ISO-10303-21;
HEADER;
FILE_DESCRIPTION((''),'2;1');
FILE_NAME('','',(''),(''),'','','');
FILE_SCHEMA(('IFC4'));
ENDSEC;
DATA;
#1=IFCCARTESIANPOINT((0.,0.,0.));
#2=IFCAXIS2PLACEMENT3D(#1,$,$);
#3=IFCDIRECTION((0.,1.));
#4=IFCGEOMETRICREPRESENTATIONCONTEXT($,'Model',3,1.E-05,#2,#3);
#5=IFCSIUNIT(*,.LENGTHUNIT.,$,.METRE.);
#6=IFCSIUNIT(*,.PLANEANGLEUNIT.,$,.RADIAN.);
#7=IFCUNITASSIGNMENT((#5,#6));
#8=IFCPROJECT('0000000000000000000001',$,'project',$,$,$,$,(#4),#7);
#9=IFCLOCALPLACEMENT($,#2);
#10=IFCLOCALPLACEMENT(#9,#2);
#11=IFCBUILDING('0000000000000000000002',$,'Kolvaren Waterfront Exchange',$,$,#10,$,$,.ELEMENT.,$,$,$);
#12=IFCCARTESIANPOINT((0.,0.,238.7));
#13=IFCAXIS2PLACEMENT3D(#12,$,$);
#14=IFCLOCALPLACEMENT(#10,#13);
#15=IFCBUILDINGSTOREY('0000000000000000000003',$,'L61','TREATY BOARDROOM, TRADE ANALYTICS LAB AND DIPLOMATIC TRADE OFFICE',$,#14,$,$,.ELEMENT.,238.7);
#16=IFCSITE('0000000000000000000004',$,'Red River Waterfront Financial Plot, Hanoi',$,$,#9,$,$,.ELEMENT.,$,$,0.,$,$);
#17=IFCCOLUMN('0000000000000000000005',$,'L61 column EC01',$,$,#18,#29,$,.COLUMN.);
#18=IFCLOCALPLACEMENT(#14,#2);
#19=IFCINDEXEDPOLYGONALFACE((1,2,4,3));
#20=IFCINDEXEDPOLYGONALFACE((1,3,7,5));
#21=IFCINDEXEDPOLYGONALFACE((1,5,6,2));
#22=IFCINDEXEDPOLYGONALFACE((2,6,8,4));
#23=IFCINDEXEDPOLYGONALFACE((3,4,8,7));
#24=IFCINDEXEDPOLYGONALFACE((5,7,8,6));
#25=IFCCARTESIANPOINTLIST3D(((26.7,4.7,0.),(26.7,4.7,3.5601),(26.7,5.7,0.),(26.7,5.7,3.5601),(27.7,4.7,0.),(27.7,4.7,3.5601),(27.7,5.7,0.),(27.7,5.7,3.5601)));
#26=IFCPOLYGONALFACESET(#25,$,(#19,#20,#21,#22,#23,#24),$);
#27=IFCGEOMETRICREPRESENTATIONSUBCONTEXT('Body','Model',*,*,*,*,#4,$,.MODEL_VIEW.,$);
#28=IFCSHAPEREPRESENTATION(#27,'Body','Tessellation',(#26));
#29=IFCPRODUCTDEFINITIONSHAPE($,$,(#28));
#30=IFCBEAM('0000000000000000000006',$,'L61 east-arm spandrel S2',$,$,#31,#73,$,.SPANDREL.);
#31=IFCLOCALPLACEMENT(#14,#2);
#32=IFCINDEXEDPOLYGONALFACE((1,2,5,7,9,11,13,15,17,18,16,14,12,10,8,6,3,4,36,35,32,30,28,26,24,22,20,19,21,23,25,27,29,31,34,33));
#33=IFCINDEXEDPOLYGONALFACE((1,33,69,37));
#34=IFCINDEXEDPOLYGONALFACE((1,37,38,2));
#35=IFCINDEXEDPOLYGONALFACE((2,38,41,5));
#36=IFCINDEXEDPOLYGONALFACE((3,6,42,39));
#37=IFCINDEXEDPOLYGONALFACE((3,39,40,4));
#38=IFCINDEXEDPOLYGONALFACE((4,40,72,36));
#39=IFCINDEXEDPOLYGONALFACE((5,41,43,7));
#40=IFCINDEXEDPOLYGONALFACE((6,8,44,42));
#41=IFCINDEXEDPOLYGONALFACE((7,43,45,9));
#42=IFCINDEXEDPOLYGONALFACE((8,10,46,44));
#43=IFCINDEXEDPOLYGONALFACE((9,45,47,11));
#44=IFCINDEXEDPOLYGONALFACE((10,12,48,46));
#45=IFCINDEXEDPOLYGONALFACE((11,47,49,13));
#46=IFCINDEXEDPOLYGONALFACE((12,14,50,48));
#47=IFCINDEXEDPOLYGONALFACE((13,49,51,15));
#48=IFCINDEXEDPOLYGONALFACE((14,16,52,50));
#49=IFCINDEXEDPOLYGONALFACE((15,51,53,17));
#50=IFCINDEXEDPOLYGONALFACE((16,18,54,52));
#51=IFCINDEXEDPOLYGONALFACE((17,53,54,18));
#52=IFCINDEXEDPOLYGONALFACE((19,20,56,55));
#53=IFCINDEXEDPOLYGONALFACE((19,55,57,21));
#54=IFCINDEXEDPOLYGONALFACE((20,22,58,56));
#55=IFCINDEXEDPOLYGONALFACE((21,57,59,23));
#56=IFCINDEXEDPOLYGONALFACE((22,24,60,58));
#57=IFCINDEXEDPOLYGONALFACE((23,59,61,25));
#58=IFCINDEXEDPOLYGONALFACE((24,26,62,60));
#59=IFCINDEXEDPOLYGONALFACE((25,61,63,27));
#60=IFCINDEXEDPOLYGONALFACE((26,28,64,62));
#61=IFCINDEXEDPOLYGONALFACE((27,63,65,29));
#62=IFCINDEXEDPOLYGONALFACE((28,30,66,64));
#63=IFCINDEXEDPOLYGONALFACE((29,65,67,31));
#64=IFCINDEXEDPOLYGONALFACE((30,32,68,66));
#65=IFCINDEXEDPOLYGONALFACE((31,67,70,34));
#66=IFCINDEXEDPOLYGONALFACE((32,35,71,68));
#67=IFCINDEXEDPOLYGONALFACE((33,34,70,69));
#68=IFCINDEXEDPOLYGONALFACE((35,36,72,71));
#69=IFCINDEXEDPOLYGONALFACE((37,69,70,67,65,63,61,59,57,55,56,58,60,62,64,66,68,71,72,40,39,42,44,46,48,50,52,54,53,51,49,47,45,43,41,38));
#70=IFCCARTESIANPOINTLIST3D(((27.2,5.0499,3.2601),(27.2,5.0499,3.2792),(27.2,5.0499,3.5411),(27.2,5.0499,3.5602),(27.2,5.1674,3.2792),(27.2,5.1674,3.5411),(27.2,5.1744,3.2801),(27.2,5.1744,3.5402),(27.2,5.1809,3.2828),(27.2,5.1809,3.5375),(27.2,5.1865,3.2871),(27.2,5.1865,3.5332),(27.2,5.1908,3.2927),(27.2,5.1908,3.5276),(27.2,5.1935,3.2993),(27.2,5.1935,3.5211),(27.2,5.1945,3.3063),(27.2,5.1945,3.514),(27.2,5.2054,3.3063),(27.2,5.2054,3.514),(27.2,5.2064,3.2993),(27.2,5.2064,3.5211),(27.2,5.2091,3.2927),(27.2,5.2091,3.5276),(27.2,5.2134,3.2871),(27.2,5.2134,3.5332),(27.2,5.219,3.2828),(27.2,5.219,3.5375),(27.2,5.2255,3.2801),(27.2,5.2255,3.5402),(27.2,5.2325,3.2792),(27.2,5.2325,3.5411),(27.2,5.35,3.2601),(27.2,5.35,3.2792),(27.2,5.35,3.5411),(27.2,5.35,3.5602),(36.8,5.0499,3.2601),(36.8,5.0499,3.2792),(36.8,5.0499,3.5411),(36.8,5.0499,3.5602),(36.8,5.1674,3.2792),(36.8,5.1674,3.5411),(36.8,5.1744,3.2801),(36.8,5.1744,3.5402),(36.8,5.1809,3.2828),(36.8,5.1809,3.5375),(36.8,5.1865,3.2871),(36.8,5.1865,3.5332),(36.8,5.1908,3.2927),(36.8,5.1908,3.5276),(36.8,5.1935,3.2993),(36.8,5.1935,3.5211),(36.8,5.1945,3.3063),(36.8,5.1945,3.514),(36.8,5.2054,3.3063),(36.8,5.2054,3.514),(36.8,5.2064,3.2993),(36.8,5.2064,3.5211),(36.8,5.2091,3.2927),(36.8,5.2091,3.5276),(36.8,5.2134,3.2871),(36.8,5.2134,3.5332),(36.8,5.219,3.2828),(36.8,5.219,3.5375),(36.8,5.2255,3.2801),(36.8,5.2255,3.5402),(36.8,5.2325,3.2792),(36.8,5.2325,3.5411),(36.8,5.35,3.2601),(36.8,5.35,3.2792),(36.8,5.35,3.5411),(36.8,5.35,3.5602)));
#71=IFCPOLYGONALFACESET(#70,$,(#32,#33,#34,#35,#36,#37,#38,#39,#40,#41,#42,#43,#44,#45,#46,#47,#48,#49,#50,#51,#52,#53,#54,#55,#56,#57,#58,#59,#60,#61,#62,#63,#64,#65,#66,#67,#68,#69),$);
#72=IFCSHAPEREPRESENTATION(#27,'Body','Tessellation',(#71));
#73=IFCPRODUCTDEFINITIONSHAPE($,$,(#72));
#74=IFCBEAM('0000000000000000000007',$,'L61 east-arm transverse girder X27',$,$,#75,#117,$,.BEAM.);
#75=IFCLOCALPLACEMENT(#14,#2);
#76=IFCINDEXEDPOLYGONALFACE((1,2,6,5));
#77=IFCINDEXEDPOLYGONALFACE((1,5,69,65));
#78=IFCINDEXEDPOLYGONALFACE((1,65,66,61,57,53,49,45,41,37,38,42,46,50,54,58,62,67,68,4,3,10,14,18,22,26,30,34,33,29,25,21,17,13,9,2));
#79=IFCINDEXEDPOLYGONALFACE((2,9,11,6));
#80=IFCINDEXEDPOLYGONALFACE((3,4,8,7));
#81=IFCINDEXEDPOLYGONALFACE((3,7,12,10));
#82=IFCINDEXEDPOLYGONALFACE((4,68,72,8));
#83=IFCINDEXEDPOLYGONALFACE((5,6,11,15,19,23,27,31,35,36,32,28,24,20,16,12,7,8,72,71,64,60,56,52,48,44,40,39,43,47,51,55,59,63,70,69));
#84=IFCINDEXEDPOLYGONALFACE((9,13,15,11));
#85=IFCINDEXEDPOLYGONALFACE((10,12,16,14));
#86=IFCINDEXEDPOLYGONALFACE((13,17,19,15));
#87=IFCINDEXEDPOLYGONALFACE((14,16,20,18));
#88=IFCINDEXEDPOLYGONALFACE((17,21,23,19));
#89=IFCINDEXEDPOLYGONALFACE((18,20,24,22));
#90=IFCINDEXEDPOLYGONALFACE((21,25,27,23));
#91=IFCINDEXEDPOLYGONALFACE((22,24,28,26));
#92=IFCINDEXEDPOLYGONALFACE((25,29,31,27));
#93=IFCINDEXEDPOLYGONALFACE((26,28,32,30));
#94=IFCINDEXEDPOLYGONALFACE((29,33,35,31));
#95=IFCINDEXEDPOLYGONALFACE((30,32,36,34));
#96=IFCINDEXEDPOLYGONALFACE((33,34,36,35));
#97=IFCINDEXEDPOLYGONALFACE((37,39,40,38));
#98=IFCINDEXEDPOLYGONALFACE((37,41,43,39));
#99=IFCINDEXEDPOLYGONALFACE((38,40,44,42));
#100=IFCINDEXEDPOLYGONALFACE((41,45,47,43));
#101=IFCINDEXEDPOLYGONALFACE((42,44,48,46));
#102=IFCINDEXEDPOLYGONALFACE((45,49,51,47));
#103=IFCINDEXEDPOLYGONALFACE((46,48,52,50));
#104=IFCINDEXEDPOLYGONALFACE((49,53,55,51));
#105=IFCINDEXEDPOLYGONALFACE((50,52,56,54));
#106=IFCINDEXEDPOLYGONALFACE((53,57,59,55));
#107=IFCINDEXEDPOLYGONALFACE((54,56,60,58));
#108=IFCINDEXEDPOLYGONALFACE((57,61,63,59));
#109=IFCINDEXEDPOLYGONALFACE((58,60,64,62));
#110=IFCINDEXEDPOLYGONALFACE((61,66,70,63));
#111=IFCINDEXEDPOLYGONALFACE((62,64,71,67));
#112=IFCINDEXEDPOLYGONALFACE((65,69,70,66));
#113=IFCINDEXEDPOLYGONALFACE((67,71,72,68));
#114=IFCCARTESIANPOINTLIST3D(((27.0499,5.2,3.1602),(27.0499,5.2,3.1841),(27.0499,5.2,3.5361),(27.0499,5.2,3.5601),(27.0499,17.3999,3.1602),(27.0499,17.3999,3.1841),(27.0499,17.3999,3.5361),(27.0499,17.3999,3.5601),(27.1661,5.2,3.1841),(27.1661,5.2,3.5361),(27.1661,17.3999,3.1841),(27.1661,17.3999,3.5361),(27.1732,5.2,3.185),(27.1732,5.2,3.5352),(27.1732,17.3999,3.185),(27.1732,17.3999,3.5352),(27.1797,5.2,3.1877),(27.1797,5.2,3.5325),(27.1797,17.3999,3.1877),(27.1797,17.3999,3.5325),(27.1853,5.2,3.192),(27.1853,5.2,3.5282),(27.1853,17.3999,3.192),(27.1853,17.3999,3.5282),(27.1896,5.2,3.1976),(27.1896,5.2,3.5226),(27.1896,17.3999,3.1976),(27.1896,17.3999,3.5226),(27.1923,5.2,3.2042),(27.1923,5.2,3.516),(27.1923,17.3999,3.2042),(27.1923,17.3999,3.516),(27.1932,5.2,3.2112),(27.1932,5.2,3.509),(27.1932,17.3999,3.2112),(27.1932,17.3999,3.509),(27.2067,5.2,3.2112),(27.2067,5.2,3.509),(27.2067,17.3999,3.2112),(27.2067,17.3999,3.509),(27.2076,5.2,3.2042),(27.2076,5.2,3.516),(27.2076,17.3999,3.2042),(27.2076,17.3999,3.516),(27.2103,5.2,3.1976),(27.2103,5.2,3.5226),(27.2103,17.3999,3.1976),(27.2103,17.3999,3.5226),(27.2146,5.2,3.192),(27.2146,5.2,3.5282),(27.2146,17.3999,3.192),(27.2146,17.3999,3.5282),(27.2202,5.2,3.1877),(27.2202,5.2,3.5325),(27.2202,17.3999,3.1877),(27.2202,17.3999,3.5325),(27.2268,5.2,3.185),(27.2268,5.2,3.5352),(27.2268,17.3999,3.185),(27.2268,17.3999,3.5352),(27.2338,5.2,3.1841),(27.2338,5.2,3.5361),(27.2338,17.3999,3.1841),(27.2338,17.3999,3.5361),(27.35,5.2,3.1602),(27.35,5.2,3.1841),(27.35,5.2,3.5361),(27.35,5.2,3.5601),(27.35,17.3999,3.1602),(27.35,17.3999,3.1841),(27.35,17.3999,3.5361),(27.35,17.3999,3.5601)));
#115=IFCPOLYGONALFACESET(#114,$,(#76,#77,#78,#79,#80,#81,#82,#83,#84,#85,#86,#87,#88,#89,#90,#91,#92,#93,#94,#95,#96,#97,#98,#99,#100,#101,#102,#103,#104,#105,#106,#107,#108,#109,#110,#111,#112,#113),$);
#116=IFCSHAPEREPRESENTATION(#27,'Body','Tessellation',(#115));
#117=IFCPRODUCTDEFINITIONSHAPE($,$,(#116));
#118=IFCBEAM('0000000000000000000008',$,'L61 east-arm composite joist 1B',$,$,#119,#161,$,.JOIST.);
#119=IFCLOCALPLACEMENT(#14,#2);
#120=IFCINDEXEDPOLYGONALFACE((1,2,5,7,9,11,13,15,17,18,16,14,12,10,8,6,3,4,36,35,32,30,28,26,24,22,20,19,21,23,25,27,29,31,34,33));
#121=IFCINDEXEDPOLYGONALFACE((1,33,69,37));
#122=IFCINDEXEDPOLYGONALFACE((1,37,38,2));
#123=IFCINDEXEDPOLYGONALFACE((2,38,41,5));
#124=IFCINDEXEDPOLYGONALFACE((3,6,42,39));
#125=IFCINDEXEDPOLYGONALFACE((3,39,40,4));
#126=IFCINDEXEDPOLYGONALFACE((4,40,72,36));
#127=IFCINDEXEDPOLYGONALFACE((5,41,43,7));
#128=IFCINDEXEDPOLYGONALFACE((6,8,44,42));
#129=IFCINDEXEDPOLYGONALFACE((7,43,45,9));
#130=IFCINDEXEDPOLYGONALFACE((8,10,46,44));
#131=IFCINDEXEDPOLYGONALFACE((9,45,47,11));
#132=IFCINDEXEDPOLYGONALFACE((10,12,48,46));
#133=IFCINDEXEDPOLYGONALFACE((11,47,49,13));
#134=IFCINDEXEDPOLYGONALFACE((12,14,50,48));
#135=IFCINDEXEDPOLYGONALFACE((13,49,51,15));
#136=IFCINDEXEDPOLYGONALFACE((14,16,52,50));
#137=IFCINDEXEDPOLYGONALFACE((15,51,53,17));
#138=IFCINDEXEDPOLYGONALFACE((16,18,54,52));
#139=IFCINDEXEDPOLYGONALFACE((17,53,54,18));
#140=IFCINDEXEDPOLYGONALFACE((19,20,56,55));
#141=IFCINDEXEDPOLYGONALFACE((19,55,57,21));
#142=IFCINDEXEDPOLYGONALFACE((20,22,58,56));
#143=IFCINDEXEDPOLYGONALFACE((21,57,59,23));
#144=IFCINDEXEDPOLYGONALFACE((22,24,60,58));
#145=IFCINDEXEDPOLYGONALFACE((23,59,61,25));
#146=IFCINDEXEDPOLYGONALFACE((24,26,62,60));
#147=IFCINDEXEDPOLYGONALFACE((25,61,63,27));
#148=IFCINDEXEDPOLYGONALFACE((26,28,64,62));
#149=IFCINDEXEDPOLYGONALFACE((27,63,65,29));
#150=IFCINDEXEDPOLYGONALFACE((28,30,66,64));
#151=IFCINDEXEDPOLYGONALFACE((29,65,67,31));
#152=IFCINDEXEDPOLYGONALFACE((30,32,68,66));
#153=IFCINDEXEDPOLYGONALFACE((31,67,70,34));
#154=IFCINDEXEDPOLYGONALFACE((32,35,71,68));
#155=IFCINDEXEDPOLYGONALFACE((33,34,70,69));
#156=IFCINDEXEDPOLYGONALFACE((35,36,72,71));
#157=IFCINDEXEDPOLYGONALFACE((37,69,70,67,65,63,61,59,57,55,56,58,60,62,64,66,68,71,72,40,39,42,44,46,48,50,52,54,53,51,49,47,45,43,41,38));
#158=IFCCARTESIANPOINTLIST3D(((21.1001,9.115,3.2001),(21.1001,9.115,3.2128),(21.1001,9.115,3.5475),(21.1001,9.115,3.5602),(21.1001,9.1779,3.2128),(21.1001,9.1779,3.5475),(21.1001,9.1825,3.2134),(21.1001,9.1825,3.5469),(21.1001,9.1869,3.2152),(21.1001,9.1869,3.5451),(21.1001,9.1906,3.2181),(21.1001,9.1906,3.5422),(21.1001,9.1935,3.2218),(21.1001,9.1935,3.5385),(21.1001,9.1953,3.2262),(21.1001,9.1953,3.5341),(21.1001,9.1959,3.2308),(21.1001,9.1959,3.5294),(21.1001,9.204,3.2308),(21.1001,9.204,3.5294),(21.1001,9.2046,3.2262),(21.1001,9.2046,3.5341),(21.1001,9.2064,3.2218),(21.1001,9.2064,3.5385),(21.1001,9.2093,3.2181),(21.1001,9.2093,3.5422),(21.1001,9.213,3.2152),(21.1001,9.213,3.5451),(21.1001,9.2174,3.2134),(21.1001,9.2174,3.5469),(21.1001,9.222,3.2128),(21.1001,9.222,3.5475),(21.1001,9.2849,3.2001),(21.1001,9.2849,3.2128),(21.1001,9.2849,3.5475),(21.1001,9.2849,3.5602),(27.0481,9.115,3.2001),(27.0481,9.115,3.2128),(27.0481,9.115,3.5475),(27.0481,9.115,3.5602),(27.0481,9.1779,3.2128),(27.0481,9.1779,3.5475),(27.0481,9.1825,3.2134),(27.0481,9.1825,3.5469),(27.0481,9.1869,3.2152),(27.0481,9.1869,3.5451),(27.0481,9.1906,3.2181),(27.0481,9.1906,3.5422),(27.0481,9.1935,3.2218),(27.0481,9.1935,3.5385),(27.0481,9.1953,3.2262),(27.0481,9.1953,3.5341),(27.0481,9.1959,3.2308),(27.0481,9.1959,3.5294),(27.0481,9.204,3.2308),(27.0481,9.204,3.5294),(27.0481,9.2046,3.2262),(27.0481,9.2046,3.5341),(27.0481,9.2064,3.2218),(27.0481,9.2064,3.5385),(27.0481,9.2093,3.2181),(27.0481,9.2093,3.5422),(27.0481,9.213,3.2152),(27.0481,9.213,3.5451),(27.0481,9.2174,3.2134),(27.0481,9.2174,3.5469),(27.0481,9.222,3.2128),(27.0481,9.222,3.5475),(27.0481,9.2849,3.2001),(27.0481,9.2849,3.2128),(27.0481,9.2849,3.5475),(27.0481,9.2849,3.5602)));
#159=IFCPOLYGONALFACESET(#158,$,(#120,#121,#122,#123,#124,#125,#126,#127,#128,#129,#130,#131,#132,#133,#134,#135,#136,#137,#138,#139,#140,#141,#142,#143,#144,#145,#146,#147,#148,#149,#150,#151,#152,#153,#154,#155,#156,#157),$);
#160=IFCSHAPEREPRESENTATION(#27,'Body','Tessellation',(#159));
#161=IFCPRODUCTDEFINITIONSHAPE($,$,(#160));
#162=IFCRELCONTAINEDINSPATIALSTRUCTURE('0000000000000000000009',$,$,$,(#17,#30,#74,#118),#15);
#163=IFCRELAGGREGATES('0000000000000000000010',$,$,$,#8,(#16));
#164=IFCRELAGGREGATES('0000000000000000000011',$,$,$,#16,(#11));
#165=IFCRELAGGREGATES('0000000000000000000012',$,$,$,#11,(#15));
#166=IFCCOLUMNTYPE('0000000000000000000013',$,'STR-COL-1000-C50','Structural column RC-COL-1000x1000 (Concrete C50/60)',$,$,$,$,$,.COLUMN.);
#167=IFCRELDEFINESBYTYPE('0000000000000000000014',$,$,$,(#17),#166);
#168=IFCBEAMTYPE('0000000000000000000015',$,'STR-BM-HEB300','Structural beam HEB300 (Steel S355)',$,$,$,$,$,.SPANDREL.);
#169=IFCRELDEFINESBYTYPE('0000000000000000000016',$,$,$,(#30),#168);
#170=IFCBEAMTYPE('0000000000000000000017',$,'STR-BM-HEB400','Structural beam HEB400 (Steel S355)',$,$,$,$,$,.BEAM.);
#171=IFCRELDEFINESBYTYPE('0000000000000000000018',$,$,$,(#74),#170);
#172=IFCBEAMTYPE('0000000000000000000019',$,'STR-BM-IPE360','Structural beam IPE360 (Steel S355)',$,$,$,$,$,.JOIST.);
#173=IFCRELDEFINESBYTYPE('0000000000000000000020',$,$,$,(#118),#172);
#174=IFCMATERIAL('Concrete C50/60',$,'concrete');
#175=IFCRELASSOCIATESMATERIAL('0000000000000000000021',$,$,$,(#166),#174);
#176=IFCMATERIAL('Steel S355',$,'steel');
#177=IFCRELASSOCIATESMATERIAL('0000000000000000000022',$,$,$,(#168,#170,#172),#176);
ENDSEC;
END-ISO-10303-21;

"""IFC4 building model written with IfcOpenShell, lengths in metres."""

from ifc_helpers import new_model, si_unit, direction, frame, origin, origin_2d, place, context, subcontext, project, spatial, rectangle, i_section, extrude, material, material_profile, profile_set, type_object, element, save


model = new_model("IFC4")

# Units and contexts
model_context = context("Model", 3, precision=1e-05, world=origin(), true_north=direction((0.0, 1.0)))
body_context = subcontext(model_context, "Body", "Model", "MODEL_VIEW")
ifc_project = project(units=[si_unit("LENGTHUNIT", "METRE"), si_unit("PLANEANGLEUNIT", "RADIAN")], contexts=[model_context])

# Site, building, storey
site_placement = place(None, origin())
site = spatial("IfcSite", under=ifc_project, at=site_placement, Name="Red River Waterfront Financial Plot, Hanoi", CompositionType="ELEMENT", RefElevation=0.0)
building_placement = place(site_placement, origin())
building = spatial("IfcBuilding", under=site, at=building_placement, Name="Kolvaren Waterfront Exchange", CompositionType="ELEMENT")
storey_placement = place(building_placement, frame((0.0, 0.0, 238.7)))
storey = spatial("IfcBuildingStorey", under=building, at=storey_placement, Name="L61", Description="TREATY BOARDROOM, TRADE ANALYTICS LAB AND DIPLOMATIC TRADE OFFICE", CompositionType="ELEMENT", Elevation=238.7)

# Column
ifc_material_1 = material(Name="Concrete C50/60", Category="concrete")
ifc_material_profile_1 = material_profile(ifc_material_1, rectangle(XDim=1.0, YDim=1.0, at=origin_2d()), Name="RC-COL-1000x1000")
ifc_profile_set_1 = profile_set([ifc_material_profile_1], Name="Concrete C50/60")
column_type = type_object("IfcColumnType", Name="STR-COL-1000-C50", Description="Structural column RC-COL-1000x1000 (Concrete C50/60)", PredefinedType="COLUMN", material=ifc_profile_set_1)
column_placement = place(storey_placement, frame((27.2, 5.2, 0.0), z_axis=(0.0, 0.0, 1.0), x_axis=(1.0, 0.0, 0.0)))
element("IfcColumn", 1, at=column_placement, inside=storey, type_object=column_type, Name="L61 column EC01", PredefinedType="COLUMN", context=body_context, shape_type="SweptSolid", body=[
    extrude(rectangle(XDim=1.0, YDim=1.0, at=origin_2d()), origin(), (0.0, 0.0, 1.0), 3.5601),
])

# Beams
ifc_material_2 = material(Name="Steel S355", Category="steel")
ifc_material_profile_2 = material_profile(ifc_material_2, i_section(OverallWidth=0.3, OverallDepth=0.3, WebThickness=0.011, FlangeThickness=0.019, FilletRadius=0.0271, at=origin_2d()), Name="HEB300")
ifc_profile_set_2 = profile_set([ifc_material_profile_2], Name="Steel S355")
beam_type_1 = type_object("IfcBeamType", Name="STR-BM-HEB300", Description="Structural beam HEB300 (Steel S355)", PredefinedType="SPANDREL", material=ifc_profile_set_2)
beam_1_placement = place(storey_placement, frame((27.2, 5.2, 3.4102), z_axis=(1.0, 0.0, 0.0), x_axis=(0.0, 1.0, 0.0)))
element("IfcBeam", 2, at=beam_1_placement, inside=storey, type_object=beam_type_1, Name="L61 east-arm spandrel S2", PredefinedType="SPANDREL", context=body_context, shape_type="SweptSolid", body=[
    extrude(i_section(OverallWidth=0.3, OverallDepth=0.3, WebThickness=0.011, FlangeThickness=0.019, FilletRadius=0.0271, at=origin_2d()), origin(), (0.0, 0.0, 1.0), 9.6001),
])
ifc_material_profile_3 = material_profile(ifc_material_2, i_section(OverallWidth=0.3, OverallDepth=0.3999, WebThickness=0.0134, FlangeThickness=0.0239, FilletRadius=0.0271, at=origin_2d()), Name="HEB400")
ifc_profile_set_3 = profile_set([ifc_material_profile_3], Name="Steel S355")
beam_type_2 = type_object("IfcBeamType", Name="STR-BM-HEB400", Description="Structural beam HEB400 (Steel S355)", PredefinedType="BEAM", material=ifc_profile_set_3)
beam_2_placement = place(storey_placement, frame((27.2, 5.2, 3.3601), z_axis=(0.0, 1.0, 0.0), x_axis=(-1.0, 0.0, 0.0)))
element("IfcBeam", 3, at=beam_2_placement, inside=storey, type_object=beam_type_2, Name="L61 east-arm transverse girder X27", PredefinedType="BEAM", context=body_context, shape_type="SweptSolid", body=[
    extrude(i_section(OverallWidth=0.3, OverallDepth=0.3999, WebThickness=0.0134, FlangeThickness=0.0239, FilletRadius=0.0271, at=origin_2d()), origin(), (0.0, 0.0, 1.0), 12.2),
])
ifc_material_profile_4 = material_profile(ifc_material_2, i_section(OverallWidth=0.1699, OverallDepth=0.3601, WebThickness=0.0081, FlangeThickness=0.0127, FilletRadius=0.0181, at=origin_2d()), Name="IPE360")
ifc_profile_set_4 = profile_set([ifc_material_profile_4], Name="Steel S355")
beam_type_3 = type_object("IfcBeamType", Name="STR-BM-IPE360", Description="Structural beam IPE360 (Steel S355)", PredefinedType="JOIST", material=ifc_profile_set_4)
beam_3_placement = place(storey_placement, frame((21.1001, 9.2, 3.3801), z_axis=(1.0, 0.0, 0.0), x_axis=(0.0, 1.0, 0.0)))
element("IfcBeam", 4, at=beam_3_placement, inside=storey, type_object=beam_type_3, Name="L61 east-arm composite joist 1B", PredefinedType="JOIST", context=body_context, shape_type="SweptSolid", body=[
    extrude(i_section(OverallWidth=0.1699, OverallDepth=0.3601, WebThickness=0.0081, FlangeThickness=0.0127, FilletRadius=0.0181, at=origin_2d()), origin(), (0.0, 0.0, 1.0), 5.948),
])

save(model, "model.ifc")
